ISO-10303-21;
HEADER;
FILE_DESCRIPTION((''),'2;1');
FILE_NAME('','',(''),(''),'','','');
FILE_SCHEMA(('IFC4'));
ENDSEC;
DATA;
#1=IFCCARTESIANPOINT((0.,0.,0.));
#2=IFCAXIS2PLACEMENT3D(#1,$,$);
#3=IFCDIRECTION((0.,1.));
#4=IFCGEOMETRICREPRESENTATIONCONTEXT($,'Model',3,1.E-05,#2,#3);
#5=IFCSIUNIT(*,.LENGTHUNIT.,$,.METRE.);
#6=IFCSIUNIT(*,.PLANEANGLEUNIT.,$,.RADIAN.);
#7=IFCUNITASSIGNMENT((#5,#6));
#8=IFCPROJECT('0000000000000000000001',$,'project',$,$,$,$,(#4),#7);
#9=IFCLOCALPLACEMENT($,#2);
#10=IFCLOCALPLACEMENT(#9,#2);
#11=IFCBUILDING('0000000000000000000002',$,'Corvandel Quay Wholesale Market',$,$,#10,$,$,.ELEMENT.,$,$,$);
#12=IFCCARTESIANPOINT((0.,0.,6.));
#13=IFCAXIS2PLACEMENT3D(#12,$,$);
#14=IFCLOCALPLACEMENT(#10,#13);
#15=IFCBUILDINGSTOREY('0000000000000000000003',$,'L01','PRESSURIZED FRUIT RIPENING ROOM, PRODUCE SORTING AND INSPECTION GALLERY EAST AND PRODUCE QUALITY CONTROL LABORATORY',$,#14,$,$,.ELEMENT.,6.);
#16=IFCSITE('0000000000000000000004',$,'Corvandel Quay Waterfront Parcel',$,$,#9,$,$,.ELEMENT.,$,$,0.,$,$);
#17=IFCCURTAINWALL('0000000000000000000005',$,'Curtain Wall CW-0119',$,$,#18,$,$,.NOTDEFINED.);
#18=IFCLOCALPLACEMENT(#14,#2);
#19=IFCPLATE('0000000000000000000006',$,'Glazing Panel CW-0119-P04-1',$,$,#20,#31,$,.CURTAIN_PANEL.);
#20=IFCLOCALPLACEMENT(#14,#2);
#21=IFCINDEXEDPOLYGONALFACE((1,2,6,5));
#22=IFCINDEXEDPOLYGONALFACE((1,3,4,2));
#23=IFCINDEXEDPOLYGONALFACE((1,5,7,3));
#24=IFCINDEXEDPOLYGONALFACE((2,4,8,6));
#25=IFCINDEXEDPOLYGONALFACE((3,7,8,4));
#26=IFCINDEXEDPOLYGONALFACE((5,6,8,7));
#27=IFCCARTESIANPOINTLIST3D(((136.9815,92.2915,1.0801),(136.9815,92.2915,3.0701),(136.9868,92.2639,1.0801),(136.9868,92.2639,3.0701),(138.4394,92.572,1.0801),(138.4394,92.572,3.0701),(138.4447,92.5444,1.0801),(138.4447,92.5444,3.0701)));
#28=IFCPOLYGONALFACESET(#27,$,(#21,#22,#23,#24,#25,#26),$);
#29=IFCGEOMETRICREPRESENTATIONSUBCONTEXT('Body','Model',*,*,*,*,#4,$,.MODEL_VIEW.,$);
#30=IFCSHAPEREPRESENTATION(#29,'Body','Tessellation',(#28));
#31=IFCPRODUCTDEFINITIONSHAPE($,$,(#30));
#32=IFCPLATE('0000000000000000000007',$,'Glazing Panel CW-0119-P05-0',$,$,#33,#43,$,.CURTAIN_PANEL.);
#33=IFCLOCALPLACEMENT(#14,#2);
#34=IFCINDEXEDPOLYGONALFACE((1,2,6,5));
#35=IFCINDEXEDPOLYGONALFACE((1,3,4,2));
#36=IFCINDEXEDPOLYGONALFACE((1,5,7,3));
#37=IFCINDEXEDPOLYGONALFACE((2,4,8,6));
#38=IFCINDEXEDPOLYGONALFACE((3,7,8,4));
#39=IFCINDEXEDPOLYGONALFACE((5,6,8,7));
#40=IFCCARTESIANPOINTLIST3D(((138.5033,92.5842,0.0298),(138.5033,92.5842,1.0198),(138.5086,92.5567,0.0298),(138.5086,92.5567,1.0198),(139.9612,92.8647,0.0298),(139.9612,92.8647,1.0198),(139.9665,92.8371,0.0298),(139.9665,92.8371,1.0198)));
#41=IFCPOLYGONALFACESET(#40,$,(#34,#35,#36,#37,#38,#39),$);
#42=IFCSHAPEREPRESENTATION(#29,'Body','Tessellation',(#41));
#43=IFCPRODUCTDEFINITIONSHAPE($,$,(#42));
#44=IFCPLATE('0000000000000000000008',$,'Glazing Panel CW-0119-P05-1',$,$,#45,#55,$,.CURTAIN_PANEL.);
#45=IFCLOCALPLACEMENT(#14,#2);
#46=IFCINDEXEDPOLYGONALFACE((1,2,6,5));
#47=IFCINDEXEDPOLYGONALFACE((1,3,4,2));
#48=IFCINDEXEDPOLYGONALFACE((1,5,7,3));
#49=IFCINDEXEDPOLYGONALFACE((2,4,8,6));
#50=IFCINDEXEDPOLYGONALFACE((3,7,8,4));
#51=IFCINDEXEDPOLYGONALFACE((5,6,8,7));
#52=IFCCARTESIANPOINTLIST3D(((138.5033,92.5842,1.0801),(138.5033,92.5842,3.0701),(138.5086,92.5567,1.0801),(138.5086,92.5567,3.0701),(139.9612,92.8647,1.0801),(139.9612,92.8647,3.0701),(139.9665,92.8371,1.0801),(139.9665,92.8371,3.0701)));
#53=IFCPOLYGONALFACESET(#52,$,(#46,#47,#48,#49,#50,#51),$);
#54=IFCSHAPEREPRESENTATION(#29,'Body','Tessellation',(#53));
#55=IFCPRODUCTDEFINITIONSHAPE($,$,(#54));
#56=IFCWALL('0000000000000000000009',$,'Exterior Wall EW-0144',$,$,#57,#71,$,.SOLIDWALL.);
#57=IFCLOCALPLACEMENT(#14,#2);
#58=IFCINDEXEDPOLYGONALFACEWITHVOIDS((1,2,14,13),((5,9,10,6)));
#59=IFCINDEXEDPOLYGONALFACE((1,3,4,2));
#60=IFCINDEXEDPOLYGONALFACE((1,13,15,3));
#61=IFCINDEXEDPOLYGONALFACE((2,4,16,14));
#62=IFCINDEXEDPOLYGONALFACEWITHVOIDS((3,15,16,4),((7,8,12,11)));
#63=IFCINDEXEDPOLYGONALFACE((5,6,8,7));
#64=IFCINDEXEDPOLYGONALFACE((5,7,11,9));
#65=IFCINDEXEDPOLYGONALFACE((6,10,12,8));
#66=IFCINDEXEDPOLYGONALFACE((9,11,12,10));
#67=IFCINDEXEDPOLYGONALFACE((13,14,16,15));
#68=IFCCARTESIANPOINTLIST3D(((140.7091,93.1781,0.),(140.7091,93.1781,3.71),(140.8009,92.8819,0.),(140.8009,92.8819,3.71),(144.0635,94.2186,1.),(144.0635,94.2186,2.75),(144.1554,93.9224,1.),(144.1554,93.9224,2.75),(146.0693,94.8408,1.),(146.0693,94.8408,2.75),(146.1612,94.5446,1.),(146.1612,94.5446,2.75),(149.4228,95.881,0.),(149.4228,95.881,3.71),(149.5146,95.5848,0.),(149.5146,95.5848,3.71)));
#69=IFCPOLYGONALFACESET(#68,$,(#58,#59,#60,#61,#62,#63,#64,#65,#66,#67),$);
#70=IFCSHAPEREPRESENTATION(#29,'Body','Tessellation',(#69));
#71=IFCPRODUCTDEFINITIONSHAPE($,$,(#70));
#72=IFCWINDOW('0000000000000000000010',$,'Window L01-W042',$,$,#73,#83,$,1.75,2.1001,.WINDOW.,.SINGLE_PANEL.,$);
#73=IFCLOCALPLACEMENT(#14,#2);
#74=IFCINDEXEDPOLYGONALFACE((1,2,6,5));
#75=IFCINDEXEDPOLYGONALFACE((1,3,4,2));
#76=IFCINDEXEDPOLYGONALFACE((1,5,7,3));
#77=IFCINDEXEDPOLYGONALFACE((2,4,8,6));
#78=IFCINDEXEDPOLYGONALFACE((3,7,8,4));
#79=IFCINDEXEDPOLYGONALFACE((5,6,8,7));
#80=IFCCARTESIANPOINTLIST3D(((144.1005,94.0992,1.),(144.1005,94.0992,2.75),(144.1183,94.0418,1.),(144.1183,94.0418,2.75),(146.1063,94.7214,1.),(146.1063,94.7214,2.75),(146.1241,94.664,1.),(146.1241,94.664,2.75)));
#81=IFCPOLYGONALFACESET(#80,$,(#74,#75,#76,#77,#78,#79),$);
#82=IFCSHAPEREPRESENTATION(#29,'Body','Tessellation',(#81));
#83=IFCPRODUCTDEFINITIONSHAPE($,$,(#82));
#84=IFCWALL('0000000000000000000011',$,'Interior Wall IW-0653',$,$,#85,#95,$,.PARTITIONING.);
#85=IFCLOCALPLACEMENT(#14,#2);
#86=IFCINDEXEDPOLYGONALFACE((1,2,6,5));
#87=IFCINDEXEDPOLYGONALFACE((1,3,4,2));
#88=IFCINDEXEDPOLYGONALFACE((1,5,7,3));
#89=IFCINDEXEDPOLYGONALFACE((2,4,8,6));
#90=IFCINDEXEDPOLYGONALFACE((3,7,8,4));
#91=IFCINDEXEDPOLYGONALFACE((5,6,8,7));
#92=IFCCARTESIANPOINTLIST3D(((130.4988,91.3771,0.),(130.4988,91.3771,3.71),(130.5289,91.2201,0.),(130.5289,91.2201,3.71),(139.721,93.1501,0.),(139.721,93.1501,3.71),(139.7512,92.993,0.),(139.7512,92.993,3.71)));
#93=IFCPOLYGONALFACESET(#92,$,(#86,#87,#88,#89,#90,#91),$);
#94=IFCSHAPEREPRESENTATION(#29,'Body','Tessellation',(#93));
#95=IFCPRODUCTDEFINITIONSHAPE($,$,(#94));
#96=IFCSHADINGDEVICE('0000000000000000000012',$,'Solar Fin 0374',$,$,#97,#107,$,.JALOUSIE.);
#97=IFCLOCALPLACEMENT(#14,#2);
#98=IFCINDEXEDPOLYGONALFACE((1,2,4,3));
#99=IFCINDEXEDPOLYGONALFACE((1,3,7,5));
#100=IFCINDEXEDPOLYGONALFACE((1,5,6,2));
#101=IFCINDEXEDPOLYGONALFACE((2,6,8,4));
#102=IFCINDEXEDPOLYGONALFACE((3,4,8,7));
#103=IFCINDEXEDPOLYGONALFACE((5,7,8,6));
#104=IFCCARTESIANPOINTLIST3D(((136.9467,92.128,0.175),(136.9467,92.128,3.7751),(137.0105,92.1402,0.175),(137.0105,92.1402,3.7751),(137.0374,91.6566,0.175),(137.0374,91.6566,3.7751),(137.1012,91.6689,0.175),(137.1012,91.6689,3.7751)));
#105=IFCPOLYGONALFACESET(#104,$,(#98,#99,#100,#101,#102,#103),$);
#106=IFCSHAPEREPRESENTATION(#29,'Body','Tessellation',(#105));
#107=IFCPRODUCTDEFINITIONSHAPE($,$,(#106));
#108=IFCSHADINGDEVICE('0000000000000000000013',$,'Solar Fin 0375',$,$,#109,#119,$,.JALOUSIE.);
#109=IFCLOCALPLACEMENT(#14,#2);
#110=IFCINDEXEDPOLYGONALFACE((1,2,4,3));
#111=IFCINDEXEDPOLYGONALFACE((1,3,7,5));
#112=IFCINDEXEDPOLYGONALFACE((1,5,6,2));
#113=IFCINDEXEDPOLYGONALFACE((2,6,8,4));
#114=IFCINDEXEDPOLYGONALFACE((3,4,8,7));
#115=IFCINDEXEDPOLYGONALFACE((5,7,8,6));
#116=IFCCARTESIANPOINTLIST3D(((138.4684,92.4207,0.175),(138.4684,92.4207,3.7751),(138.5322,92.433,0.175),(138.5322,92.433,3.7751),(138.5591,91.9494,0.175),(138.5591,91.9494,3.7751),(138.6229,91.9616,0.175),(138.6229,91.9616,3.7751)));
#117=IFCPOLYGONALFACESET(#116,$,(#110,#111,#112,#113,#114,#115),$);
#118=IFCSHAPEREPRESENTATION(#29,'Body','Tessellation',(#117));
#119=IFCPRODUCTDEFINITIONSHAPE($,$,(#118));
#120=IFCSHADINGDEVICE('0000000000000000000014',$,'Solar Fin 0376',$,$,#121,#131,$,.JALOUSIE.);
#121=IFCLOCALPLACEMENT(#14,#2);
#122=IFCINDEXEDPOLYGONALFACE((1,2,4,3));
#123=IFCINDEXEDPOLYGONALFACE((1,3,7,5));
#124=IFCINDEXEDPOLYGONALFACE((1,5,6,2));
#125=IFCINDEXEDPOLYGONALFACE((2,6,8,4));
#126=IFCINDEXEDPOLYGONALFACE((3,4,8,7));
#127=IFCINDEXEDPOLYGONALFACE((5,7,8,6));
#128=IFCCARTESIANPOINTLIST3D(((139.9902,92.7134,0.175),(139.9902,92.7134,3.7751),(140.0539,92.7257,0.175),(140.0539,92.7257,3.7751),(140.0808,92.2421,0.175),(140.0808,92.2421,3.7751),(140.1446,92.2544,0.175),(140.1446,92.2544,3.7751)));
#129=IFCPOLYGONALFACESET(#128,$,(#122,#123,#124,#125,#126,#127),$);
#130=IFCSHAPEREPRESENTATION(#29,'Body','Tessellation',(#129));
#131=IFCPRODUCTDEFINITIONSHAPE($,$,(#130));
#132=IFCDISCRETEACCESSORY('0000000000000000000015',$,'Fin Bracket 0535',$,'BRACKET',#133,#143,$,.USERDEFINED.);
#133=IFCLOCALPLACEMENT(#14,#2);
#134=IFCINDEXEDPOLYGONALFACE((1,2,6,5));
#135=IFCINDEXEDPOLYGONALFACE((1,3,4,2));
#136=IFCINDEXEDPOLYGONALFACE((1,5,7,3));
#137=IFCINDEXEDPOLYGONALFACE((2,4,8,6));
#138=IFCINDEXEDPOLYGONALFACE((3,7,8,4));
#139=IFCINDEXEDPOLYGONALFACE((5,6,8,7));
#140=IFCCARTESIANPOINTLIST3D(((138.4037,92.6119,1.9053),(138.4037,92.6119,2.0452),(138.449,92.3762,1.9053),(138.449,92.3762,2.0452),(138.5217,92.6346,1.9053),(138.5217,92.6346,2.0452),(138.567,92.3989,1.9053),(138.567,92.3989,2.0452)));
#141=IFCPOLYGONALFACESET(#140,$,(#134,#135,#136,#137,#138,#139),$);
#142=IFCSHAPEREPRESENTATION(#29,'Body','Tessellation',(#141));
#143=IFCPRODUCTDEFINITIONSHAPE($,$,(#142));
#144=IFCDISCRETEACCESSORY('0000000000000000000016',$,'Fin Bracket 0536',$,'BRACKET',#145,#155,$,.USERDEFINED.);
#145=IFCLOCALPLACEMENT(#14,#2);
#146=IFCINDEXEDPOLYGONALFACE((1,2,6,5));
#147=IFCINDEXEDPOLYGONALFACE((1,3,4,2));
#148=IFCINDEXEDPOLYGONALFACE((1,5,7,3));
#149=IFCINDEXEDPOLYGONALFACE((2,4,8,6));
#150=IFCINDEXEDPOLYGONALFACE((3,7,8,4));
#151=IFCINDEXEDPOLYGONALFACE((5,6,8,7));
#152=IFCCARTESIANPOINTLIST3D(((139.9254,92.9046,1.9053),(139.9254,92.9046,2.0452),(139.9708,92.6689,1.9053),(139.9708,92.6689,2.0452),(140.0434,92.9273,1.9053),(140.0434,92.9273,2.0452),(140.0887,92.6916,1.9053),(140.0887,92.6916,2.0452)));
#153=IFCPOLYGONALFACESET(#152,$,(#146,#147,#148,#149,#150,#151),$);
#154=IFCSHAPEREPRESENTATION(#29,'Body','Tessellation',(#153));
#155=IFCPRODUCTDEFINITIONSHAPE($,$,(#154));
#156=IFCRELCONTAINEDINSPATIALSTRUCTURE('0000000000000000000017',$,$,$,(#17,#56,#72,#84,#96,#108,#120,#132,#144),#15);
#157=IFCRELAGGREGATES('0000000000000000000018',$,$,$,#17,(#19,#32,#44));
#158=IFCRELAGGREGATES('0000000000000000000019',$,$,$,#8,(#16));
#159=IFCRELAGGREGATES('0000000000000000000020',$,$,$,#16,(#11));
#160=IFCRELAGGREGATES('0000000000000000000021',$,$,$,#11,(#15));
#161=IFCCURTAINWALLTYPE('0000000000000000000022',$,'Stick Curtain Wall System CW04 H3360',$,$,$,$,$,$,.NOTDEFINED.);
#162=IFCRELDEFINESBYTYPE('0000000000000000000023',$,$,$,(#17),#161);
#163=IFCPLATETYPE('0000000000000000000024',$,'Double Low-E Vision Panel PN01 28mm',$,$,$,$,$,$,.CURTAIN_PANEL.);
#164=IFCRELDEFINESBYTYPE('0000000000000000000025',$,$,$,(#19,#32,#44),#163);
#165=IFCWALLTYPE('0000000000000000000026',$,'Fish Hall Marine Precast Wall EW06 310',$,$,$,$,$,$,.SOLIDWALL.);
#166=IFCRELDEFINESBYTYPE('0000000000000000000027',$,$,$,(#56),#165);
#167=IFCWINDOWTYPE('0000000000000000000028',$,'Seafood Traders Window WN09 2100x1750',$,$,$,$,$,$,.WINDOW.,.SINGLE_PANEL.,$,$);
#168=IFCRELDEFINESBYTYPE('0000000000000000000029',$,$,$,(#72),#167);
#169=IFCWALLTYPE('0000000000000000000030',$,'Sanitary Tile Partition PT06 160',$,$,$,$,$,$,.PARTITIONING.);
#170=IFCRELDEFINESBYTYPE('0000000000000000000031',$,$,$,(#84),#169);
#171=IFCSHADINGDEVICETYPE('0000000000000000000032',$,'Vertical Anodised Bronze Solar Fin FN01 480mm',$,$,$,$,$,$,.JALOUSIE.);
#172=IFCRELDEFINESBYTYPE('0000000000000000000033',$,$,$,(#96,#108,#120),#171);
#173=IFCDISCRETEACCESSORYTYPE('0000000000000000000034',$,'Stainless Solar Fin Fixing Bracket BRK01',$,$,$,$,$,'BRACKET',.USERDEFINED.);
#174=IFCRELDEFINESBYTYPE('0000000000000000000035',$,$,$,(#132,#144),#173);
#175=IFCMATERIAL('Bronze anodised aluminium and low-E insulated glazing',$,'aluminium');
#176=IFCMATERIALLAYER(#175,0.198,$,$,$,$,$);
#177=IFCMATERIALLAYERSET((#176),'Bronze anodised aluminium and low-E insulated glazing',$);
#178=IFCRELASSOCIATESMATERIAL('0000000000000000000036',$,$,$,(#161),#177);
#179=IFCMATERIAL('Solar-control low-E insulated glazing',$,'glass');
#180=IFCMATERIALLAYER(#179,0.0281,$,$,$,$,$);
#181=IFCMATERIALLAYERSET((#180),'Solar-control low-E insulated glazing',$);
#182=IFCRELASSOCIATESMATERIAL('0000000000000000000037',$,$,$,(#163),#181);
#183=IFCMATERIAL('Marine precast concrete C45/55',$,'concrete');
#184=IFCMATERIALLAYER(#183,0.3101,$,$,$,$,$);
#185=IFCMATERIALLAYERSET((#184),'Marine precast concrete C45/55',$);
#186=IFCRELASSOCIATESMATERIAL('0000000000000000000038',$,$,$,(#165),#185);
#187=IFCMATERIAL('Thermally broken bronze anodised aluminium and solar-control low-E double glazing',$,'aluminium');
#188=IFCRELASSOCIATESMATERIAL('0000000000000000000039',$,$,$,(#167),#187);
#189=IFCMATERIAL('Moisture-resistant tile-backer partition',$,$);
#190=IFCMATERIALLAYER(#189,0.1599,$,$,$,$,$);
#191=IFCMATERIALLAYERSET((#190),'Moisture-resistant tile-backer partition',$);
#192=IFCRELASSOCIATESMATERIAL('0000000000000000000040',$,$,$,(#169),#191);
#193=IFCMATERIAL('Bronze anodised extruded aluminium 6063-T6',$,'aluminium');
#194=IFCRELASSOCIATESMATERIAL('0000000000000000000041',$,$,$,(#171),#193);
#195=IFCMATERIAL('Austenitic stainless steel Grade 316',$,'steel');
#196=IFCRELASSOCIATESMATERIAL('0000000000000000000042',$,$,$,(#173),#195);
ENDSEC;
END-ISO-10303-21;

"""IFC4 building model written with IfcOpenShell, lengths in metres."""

from ifc_helpers import new_model, si_unit, direction, frame, frame_2d, origin, origin_2d, place, context, subcontext, project, spatial, rectangle, extrude, material, layer, layer_set, type_object, element, fill, aggregate, save


model = new_model("IFC4")

# Units and contexts
model_context = context("Model", 3, precision=1e-05, world=origin(), true_north=direction((0.0, 1.0)))
body_context = subcontext(model_context, "Body", "Model", "MODEL_VIEW")
ifc_project = project(units=[si_unit("LENGTHUNIT", "METRE"), si_unit("PLANEANGLEUNIT", "RADIAN")], contexts=[model_context])

# Site, building, storey
site_placement = place(None, origin())
site = spatial("IfcSite", under=ifc_project, at=site_placement, Name="Corvandel Quay Waterfront Parcel", CompositionType="ELEMENT", RefElevation=0.0)
building_placement = place(site_placement, origin())
building = spatial("IfcBuilding", under=site, at=building_placement, Name="Corvandel Quay Wholesale Market", CompositionType="ELEMENT")
storey_placement = place(building_placement, frame((0.0, 0.0, 6.0)))
storey = spatial("IfcBuildingStorey", under=building, at=storey_placement, Name="L01", Description="PRESSURIZED FRUIT RIPENING ROOM, PRODUCE SORTING AND INSPECTION GALLERY EAST AND PRODUCE QUALITY CONTROL LABORATORY", CompositionType="ELEMENT", Elevation=6.0)

# Curtain wall
ifc_material_1 = material(Name="Bronze anodised aluminium and low-E insulated glazing", Category="aluminium")
ifc_layer_1 = layer(ifc_material_1, 0.198)
ifc_layer_set_1 = layer_set([ifc_layer_1], Name="Bronze anodised aluminium and low-E insulated glazing")
curtain_wall_type = type_object("IfcCurtainWallType", Name="Stick Curtain Wall System CW04 H3360", PredefinedType="NOTDEFINED", material=ifc_layer_set_1)
curtain_wall_placement = place(storey_placement, origin())
curtain_wall = element("IfcCurtainWall", 1, at=curtain_wall_placement, inside=storey, type_object=curtain_wall_type, Name="Curtain Wall CW-0119", PredefinedType="NOTDEFINED")

# Plates
ifc_material_2 = material(Name="Solar-control low-E insulated glazing", Category="glass")
ifc_layer_2 = layer(ifc_material_2, 0.0281)
ifc_layer_set_2 = layer_set([ifc_layer_2], Name="Solar-control low-E insulated glazing")
plate_type_1 = type_object("IfcPlateType", Name="Double Low-E Vision Panel PN01 28mm", PredefinedType="CURTAIN_PANEL", material=ifc_layer_set_2)
plate_1_placement = place(storey_placement, frame((137.7131, 92.418, 1.0801), z_axis=(0.0, 0.0, 1.0), x_axis=(0.981992, 0.188924, 0.0)))
plate_1 = element("IfcPlate", 2, at=plate_1_placement, type_object=plate_type_1, Name="Glazing Panel CW-0119-P04-1", PredefinedType="CURTAIN_PANEL", context=body_context, shape_type="SweptSolid", body=[
    extrude(rectangle(XDim=1.4846, YDim=0.0281, at=origin_2d()), origin(), (0.0, 0.0, 1.0), 1.99),
])
plate_2_placement = place(storey_placement, frame((139.2349, 92.7107, 0.0298), z_axis=(0.0, 0.0, 1.0), x_axis=(0.981992, 0.188924, 0.0)))
plate_2 = element("IfcPlate", 3, at=plate_2_placement, type_object=plate_type_1, Name="Glazing Panel CW-0119-P05-0", PredefinedType="CURTAIN_PANEL", context=body_context, shape_type="SweptSolid", body=[
    extrude(rectangle(XDim=1.4846, YDim=0.0281, at=origin_2d()), origin(), (0.0, 0.0, 1.0), 0.99),
])
plate_3_placement = place(storey_placement, frame((139.2349, 92.7107, 1.0801), z_axis=(0.0, 0.0, 1.0), x_axis=(0.981992, 0.188924, 0.0)))
plate_3 = element("IfcPlate", 4, at=plate_3_placement, type_object=plate_type_1, Name="Glazing Panel CW-0119-P05-1", PredefinedType="CURTAIN_PANEL", context=body_context, shape_type="SweptSolid", body=[
    extrude(rectangle(XDim=1.4846, YDim=0.0281, at=origin_2d()), origin(), (0.0, 0.0, 1.0), 1.99),
])
aggregate(curtain_wall, [plate_1, plate_2, plate_3])

# Wall, opening, window
ifc_material_3 = material(Name="Marine precast concrete C45/55", Category="concrete")
ifc_layer_3 = layer(ifc_material_3, 0.3101)
ifc_layer_set_3 = layer_set([ifc_layer_3], Name="Marine precast concrete C45/55")
wall_type_1 = type_object("IfcWallType", Name="Fish Hall Marine Precast Wall EW06 310", PredefinedType="SOLIDWALL", material=ifc_layer_set_3)
wall_1_placement = place(storey_placement, frame((140.7551, 93.03, 0.0), z_axis=(0.0, 0.0, 1.0), x_axis=(0.955106, 0.296265, 0.0)))
wall_1 = element("IfcWall", 5, at=wall_1_placement, inside=storey, type_object=wall_type_1, Name="Exterior Wall EW-0144", PredefinedType="SOLIDWALL", context=body_context, shape_type="SweptSolid", body=[
    extrude(rectangle(XDim=9.1233, YDim=0.3101, at=frame_2d((4.5615, 0.0))), origin(), (0.0, 0.0, 1.0), 3.71),
])
opening_placement = place(wall_1_placement, frame((3.512, 0.0, 1.0)))
opening = element("IfcOpeningElement", 6, at=opening_placement, cuts=wall_1, PredefinedType="OPENING", context=body_context, shape_type="SweptSolid", body=[
    extrude(rectangle(XDim=2.1001, YDim=1.75, at=frame_2d((1.05, 0.875))), frame((0.0, 0.165, 0.0), z_axis=(0.0, -1.0, 0.0), x_axis=(1.0, 0.0, 0.0)), (0.0, 0.0, 1.0), 0.3301),
])
ifc_material_4 = material(Name="Thermally broken bronze anodised aluminium and solar-control low-E double glazing", Category="aluminium")
window_type = type_object("IfcWindowType", Name="Seafood Traders Window WN09 2100x1750", PartitioningType="SINGLE_PANEL", PredefinedType="WINDOW", material=ifc_material_4)
window_placement = place(opening_placement, origin())
window = element("IfcWindow", 7, at=window_placement, inside=storey, type_object=window_type, Name="Window L01-W042", OverallHeight=1.75, OverallWidth=2.1001, PartitioningType="SINGLE_PANEL", PredefinedType="WINDOW", context=body_context, shape_type="SweptSolid", body=[
    extrude(rectangle(XDim=2.1001, YDim=1.75, at=frame_2d((1.05, 0.875))), frame((0.0, 0.03, 0.0), z_axis=(0.0, -1.0, 0.0), x_axis=(1.0, 0.0, 0.0)), (0.0, 0.0, 1.0), 0.0601),
])
fill(opening, window)

# Wall
ifc_material_5 = material(Name="Moisture-resistant tile-backer partition")
ifc_layer_4 = layer(ifc_material_5, 0.1599)
ifc_layer_set_4 = layer_set([ifc_layer_4], Name="Moisture-resistant tile-backer partition")
wall_type_2 = type_object("IfcWallType", Name="Sanitary Tile Partition PT06 160", PredefinedType="PARTITIONING", material=ifc_layer_set_4)
wall_2_placement = place(storey_placement, frame((139.7361, 93.0715, 0.0), z_axis=(0.0, 0.0, 1.0), x_axis=(-0.982017, -0.188791, 0.0)))
element("IfcWall", 8, at=wall_2_placement, inside=storey, type_object=wall_type_2, Name="Interior Wall IW-0653", PredefinedType="PARTITIONING", context=body_context, shape_type="SweptSolid", body=[
    extrude(rectangle(XDim=9.3911, YDim=0.1599, at=frame_2d((4.6956, 0.0))), origin(), (0.0, 0.0, 1.0), 3.71),
])

# Shading devices
ifc_material_6 = material(Name="Bronze anodised extruded aluminium 6063-T6", Category="aluminium")
shading_device_type = type_object("IfcShadingDeviceType", Name="Vertical Anodised Bronze Solar Fin FN01 480mm", PredefinedType="JALOUSIE", material=ifc_material_6)
for number, where, z_axis, x_axis, name in (
    (9, (137.0239, 91.8984, 0.175), (0.0, 0.0, 1.0), (-0.188924, 0.981992, 0.0), "Solar Fin 0374"),
    (10, (138.5457, 92.1912, 0.175), (0.0, 0.0, 1.0), (-0.188924, 0.981992, 0.0), "Solar Fin 0375"),
    (11, (140.0674, 92.4839, 0.175), (0.0, 0.0, 1.0), (-0.188924, 0.981992, 0.0), "Solar Fin 0376"),
):
    element("IfcShadingDevice", number, at=place(storey_placement, frame(where, z_axis=z_axis, x_axis=x_axis)), inside=storey, type_object=shading_device_type, Name=name, PredefinedType="JALOUSIE", context=body_context, shape_type="SweptSolid", body=[
        extrude(rectangle(XDim=0.48, YDim=0.0649, at=origin_2d()), origin(), (0.0, 0.0, 1.0), 3.6001),
    ])

# Discrete accessories
ifc_material_7 = material(Name="Austenitic stainless steel Grade 316", Category="steel")
discrete_accessory_type = type_object("IfcDiscreteAccessoryType", Name="Stainless Solar Fin Fixing Bracket BRK01", ElementType="BRACKET", PredefinedType="USERDEFINED", material=ifc_material_7)
for number, where, z_axis, x_axis, name in (
    (12, (138.4854, 92.5054, 1.9053), (0.0, 0.0, 1.0), (-0.188924, 0.981992, 0.0), "Fin Bracket 0535"),
    (13, (140.0071, 92.7981, 1.9053), (0.0, 0.0, 1.0), (-0.188924, 0.981992, 0.0), "Fin Bracket 0536"),
):
    element("IfcDiscreteAccessory", number, at=place(storey_placement, frame(where, z_axis=z_axis, x_axis=x_axis)), inside=storey, type_object=discrete_accessory_type, Name=name, ObjectType="BRACKET", PredefinedType="USERDEFINED", context=body_context, shape_type="SweptSolid", body=[
        extrude(rectangle(XDim=0.24, YDim=0.1201, at=origin_2d()), origin(), (0.0, 0.0, 1.0), 0.1399),
    ])

save(model, "model.ifc")
